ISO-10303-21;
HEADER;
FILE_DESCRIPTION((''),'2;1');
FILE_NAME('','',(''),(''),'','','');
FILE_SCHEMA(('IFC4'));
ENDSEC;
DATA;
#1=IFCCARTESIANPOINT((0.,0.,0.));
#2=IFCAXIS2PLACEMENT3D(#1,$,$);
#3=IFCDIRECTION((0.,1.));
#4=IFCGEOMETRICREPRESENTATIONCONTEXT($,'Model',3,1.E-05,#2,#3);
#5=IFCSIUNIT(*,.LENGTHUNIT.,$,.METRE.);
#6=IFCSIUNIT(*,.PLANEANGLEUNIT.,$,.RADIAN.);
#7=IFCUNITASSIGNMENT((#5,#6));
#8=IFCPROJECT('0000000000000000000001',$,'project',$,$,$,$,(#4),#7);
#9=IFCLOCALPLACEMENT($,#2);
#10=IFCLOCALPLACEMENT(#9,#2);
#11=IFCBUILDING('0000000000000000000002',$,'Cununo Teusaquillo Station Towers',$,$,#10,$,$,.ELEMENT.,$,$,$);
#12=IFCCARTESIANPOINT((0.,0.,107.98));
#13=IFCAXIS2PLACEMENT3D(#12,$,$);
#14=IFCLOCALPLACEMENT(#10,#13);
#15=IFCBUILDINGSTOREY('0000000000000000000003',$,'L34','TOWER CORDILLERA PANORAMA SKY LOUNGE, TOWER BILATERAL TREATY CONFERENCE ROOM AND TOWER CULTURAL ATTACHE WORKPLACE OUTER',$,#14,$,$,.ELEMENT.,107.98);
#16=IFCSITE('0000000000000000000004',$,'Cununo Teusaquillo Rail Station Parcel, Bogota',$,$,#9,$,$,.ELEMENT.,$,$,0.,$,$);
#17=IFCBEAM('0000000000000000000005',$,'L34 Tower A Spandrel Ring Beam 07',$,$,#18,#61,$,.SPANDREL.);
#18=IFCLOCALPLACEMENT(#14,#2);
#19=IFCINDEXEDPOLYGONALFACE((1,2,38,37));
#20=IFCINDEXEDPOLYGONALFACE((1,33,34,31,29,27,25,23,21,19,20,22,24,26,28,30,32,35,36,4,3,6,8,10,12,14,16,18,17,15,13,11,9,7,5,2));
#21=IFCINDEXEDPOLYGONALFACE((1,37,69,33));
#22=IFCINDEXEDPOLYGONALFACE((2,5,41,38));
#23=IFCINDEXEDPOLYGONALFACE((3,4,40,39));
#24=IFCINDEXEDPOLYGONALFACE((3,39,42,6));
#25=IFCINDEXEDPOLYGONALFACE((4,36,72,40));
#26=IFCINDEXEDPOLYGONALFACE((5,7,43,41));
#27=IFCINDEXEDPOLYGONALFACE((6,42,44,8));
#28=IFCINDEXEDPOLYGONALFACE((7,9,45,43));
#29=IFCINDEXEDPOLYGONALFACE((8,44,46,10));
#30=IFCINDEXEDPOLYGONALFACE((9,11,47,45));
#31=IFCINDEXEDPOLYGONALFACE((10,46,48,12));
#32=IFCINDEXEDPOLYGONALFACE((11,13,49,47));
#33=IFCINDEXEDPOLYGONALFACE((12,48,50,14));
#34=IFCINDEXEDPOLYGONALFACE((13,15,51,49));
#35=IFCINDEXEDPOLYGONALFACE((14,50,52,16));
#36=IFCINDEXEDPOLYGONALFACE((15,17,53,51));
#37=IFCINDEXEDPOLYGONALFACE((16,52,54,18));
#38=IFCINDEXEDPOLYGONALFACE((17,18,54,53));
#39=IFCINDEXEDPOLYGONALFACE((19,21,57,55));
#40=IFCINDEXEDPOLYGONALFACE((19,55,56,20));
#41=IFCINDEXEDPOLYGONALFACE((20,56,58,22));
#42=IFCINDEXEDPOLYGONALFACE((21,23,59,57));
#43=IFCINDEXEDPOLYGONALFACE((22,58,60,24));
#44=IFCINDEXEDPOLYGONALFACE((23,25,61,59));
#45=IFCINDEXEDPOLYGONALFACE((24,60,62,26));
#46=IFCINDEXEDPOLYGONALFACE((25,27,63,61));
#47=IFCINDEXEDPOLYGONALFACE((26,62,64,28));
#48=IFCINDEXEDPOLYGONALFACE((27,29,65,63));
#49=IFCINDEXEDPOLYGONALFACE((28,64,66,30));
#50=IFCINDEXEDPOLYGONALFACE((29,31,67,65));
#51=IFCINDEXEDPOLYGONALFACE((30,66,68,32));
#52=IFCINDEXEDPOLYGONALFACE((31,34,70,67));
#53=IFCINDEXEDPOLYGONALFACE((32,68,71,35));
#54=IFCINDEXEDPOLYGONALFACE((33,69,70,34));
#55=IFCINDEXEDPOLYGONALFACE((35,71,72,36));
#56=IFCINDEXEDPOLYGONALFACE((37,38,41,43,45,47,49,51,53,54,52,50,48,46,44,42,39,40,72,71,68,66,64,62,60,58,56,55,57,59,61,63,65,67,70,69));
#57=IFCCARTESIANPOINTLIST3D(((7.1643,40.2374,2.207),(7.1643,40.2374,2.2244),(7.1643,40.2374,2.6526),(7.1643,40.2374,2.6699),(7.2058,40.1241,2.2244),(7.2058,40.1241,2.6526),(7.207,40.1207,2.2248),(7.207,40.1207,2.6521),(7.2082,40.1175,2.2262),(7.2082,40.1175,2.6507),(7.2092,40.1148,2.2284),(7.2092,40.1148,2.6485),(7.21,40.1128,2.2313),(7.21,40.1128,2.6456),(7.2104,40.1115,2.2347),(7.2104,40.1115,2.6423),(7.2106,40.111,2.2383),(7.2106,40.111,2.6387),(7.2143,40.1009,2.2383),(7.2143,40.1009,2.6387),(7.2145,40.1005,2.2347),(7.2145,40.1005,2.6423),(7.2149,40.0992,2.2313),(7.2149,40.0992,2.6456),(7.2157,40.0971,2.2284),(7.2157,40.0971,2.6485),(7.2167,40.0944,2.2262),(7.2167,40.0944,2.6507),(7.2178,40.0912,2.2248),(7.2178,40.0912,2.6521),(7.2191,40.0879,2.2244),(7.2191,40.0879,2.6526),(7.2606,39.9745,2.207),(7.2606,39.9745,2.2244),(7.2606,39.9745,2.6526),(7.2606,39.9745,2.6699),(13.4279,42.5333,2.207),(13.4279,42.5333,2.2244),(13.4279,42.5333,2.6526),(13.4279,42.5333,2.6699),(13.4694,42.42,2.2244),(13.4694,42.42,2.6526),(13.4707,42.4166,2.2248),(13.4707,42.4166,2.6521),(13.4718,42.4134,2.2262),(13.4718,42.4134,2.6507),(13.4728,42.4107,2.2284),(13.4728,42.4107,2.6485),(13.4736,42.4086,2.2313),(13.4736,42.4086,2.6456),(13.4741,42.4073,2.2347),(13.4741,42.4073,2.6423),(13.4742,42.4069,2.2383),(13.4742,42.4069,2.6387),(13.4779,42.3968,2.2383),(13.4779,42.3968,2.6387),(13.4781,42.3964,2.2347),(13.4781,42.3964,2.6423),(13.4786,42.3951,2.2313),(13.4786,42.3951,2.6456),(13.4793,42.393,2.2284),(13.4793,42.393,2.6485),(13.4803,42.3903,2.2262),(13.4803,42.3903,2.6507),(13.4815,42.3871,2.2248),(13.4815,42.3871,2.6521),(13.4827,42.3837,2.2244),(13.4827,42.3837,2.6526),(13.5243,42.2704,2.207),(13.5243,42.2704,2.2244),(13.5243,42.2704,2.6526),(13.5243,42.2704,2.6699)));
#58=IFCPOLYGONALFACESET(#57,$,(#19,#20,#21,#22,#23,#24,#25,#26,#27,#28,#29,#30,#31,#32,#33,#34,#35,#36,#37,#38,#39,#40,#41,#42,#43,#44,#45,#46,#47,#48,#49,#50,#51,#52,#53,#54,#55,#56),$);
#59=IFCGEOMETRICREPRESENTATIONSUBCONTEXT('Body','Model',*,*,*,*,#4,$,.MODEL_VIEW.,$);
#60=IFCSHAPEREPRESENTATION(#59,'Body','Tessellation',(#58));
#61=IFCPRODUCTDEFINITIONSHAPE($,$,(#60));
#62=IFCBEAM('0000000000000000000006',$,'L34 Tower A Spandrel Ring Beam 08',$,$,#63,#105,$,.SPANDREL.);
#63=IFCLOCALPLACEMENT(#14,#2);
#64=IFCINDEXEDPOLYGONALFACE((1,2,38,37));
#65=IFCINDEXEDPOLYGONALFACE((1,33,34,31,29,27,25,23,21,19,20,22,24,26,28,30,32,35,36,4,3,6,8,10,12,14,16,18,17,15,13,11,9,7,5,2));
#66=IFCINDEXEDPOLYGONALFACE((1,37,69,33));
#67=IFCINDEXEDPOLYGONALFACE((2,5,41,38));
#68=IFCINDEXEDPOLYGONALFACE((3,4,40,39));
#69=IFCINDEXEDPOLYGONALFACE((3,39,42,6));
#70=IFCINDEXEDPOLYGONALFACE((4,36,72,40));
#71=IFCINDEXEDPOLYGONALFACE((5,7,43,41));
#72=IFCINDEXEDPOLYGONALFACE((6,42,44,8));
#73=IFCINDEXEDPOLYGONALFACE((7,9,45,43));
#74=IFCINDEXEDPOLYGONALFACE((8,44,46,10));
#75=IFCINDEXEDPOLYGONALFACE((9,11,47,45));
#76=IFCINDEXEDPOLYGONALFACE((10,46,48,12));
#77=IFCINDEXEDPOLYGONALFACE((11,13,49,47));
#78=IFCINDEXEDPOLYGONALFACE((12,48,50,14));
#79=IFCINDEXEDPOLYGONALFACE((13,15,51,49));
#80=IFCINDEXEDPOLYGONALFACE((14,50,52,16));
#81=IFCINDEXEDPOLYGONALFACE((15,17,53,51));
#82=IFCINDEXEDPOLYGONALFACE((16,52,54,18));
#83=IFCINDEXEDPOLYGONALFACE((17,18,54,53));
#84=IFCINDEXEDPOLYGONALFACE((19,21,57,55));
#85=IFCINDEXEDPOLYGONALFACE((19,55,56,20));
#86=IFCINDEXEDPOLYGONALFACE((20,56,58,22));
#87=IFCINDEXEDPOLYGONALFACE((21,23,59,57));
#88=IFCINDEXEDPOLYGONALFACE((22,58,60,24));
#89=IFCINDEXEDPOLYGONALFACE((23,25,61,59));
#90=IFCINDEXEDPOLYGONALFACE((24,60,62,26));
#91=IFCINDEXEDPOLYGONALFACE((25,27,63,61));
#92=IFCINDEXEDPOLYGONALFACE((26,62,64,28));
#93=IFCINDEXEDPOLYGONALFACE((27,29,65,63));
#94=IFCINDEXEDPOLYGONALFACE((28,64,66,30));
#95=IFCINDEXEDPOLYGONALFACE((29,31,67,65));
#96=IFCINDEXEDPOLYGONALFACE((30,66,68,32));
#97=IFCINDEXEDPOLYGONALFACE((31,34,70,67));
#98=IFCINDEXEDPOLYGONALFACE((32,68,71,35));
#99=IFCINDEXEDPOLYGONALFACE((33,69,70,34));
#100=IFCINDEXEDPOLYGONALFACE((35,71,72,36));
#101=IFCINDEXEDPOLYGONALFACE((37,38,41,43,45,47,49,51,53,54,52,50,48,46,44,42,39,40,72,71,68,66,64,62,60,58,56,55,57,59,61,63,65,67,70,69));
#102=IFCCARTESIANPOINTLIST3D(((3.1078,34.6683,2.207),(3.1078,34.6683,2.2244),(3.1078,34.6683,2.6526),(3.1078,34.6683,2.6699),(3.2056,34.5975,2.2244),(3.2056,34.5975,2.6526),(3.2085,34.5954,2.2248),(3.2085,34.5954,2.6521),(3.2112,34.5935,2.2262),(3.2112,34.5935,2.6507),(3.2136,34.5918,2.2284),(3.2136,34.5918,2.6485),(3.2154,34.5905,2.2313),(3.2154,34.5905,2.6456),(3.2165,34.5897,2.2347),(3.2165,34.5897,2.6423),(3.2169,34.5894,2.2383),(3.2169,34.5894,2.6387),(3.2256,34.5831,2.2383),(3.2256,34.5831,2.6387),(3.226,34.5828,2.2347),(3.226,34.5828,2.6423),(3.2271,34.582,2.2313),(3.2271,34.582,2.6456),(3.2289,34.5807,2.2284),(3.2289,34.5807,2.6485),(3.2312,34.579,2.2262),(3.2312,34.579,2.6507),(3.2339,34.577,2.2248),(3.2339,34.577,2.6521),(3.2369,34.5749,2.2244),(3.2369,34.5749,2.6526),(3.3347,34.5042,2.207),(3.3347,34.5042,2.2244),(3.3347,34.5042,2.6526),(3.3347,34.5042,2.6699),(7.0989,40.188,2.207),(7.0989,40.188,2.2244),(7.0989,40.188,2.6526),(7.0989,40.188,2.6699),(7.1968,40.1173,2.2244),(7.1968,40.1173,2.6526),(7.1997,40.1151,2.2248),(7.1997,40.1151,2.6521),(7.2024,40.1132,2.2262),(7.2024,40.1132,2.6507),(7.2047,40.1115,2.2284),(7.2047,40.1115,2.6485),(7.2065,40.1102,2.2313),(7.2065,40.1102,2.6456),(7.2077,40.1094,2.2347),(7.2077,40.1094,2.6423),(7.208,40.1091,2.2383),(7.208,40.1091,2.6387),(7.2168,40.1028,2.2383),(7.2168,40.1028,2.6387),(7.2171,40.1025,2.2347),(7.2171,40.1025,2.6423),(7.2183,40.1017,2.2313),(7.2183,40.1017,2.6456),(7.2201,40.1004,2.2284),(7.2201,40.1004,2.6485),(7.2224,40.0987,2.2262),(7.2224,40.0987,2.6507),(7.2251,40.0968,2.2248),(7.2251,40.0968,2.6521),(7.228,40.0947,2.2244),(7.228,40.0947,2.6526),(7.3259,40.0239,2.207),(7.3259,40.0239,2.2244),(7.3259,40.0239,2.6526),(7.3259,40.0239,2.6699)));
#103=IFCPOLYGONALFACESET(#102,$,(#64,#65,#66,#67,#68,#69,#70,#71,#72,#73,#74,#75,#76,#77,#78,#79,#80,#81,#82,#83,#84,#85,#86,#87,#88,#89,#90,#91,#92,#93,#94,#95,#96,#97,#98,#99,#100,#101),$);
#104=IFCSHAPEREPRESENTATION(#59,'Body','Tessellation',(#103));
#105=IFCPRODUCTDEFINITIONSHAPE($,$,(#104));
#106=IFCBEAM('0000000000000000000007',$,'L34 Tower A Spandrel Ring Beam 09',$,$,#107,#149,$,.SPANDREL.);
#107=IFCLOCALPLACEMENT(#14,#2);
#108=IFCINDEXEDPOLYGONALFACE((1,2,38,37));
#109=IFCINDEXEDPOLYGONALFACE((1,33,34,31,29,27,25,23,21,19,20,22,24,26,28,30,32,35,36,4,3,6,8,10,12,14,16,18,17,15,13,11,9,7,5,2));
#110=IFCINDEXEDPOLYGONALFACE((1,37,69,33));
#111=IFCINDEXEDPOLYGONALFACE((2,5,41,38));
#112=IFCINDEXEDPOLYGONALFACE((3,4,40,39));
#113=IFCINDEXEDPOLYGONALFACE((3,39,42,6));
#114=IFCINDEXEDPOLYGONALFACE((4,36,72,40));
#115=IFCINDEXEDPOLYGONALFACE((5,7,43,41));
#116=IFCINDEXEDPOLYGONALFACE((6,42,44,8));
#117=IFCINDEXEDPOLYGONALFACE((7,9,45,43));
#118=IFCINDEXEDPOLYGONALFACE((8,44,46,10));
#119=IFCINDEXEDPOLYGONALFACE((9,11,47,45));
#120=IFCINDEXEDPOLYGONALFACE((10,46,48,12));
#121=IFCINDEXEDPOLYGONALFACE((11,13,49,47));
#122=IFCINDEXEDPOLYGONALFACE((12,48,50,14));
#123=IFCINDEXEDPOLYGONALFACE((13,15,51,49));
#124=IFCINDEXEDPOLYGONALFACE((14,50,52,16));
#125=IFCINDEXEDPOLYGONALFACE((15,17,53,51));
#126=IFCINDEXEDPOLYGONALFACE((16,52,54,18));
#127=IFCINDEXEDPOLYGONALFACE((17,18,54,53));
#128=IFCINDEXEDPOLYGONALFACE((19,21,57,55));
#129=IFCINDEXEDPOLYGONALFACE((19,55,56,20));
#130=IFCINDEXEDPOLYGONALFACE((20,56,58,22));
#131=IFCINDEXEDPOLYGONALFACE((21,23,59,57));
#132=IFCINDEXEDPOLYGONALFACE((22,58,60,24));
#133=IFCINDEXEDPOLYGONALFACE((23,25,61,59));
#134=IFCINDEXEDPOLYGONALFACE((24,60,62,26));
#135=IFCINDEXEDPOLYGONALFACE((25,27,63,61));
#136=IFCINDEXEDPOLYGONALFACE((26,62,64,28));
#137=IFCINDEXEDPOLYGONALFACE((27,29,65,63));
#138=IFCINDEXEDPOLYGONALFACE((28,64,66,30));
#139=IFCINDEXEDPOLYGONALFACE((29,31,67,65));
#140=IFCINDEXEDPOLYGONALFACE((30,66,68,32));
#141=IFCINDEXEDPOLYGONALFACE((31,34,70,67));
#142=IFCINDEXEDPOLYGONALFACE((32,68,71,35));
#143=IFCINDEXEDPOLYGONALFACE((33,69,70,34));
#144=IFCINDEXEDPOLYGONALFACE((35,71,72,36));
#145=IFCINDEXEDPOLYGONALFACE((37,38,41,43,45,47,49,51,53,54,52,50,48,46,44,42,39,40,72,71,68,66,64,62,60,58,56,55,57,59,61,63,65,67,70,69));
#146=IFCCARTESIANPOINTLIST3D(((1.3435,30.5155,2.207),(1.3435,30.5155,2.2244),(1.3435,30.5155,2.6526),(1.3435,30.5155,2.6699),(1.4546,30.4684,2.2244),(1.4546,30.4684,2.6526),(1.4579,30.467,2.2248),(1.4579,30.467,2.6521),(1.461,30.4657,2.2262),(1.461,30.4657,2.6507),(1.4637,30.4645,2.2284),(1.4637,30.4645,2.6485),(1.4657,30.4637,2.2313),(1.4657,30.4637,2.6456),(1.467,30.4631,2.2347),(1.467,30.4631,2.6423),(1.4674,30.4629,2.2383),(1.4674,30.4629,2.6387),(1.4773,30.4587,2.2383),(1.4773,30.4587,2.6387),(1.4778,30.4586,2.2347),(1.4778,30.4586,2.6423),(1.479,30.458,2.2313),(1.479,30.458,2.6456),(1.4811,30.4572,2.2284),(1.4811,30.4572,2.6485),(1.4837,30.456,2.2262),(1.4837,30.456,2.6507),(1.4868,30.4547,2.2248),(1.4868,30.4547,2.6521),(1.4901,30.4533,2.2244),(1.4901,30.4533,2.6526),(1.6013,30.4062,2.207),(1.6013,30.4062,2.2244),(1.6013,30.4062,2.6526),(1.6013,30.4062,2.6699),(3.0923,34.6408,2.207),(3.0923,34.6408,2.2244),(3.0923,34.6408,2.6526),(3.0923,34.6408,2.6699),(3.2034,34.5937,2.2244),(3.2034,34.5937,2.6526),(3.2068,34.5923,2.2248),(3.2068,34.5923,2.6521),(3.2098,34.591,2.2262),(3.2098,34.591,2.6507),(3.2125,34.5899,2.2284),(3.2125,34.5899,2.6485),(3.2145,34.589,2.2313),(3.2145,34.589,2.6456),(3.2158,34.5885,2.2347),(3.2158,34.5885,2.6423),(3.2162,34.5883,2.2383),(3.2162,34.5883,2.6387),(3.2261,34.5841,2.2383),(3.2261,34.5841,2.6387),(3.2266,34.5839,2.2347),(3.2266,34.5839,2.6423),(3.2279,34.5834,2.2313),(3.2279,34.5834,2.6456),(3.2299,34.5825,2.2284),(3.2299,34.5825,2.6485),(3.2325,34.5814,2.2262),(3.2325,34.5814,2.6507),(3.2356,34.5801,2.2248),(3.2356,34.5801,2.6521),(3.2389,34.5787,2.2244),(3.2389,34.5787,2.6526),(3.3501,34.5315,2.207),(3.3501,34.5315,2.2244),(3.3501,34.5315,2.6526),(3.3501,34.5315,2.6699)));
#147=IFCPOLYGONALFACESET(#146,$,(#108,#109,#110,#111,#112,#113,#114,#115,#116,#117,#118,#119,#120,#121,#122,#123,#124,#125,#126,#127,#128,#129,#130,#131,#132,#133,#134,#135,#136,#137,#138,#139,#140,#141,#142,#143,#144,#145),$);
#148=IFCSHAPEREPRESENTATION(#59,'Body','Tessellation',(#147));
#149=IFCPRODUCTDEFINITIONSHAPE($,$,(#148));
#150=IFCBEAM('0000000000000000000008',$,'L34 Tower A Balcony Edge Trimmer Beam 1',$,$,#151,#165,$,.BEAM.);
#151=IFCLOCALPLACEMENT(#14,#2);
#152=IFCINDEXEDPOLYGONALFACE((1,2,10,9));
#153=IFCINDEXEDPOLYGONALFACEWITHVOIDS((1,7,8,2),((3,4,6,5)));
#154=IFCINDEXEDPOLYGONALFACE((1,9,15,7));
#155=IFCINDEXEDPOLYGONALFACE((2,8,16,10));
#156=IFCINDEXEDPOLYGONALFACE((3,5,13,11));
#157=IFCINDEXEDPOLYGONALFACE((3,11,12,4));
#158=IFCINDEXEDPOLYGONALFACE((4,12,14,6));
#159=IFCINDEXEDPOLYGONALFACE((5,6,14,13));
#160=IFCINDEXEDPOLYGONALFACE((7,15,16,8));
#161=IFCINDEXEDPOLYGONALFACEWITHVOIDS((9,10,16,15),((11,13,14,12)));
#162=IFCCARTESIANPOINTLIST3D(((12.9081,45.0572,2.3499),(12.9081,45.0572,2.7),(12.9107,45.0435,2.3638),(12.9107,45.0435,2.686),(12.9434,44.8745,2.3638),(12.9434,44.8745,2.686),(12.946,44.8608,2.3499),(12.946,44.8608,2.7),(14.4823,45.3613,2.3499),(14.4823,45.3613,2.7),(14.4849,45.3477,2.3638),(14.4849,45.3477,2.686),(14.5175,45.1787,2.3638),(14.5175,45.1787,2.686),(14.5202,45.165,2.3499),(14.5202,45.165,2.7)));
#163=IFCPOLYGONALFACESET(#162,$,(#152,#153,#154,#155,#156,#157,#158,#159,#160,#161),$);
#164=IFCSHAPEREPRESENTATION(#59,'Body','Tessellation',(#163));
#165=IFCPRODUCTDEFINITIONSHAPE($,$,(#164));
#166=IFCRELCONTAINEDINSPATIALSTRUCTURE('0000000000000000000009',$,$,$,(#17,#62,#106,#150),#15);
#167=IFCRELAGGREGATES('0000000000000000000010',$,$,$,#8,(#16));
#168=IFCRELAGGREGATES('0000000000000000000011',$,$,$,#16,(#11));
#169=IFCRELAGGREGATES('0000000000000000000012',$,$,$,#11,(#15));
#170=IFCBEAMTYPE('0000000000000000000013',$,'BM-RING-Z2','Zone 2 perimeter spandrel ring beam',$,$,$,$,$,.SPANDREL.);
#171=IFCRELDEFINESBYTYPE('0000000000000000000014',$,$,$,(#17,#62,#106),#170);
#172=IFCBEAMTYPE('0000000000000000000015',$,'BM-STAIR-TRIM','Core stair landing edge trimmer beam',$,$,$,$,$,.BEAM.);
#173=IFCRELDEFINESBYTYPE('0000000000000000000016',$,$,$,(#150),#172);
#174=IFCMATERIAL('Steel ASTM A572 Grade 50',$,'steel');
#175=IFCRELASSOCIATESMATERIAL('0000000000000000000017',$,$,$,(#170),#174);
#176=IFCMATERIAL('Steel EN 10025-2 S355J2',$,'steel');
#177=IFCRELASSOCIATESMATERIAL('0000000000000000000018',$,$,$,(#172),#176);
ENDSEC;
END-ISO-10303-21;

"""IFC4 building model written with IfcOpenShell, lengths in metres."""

from ifc_helpers import new_model, si_unit, direction, frame, origin, origin_2d, place, context, subcontext, project, spatial, hollow_rectangle, i_section, extrude, material, material_profile, profile_set, type_object, element, save


model = new_model("IFC4")

# Units and contexts
model_context = context("Model", 3, precision=1e-05, world=origin(), true_north=direction((0.0, 1.0)))
body_context = subcontext(model_context, "Body", "Model", "MODEL_VIEW")
ifc_project = project(units=[si_unit("LENGTHUNIT", "METRE"), si_unit("PLANEANGLEUNIT", "RADIAN")], contexts=[model_context])

# Site, building, storey
site_placement = place(None, origin())
site = spatial("IfcSite", under=ifc_project, at=site_placement, Name="Cununo Teusaquillo Rail Station Parcel, Bogota", CompositionType="ELEMENT", RefElevation=0.0)
building_placement = place(site_placement, origin())
building = spatial("IfcBuilding", under=site, at=building_placement, Name="Cununo Teusaquillo Station Towers", CompositionType="ELEMENT")
storey_placement = place(building_placement, frame((0.0, 0.0, 107.98)))
storey = spatial("IfcBuildingStorey", under=building, at=storey_placement, Name="L34", Description="TOWER CORDILLERA PANORAMA SKY LOUNGE, TOWER BILATERAL TREATY CONFERENCE ROOM AND TOWER CULTURAL ATTACHE WORKPLACE OUTER", CompositionType="ELEMENT", Elevation=107.98)

# Beams
ifc_material_1 = material(Name="Steel ASTM A572 Grade 50", Category="steel")
ifc_material_profile_1 = material_profile(ifc_material_1, i_section(OverallWidth=0.28, OverallDepth=0.4629, WebThickness=0.0107, FlangeThickness=0.0173, FilletRadius=0.0139, at=origin_2d()), Name="W18X76")
ifc_profile_set_1 = profile_set([ifc_material_profile_1], Name="Steel ASTM A572 Grade 50")
beam_type_1 = type_object("IfcBeamType", Name="BM-RING-Z2", Description="Zone 2 perimeter spandrel ring beam", PredefinedType="SPANDREL", material=ifc_profile_set_1)
beam_1_placement = place(storey_placement, frame((13.4761, 42.4019, 2.4385), z_axis=(-0.938914, -0.344151, 0.0), x_axis=(0.344151, -0.938914, 0.0)))
element("IfcBeam", 1, at=beam_1_placement, inside=storey, type_object=beam_type_1, Name="L34 Tower A Spandrel Ring Beam 07", PredefinedType="SPANDREL", context=body_context, shape_type="SweptSolid", body=[
    extrude(i_section(OverallWidth=0.28, OverallDepth=0.4629, WebThickness=0.0107, FlangeThickness=0.0173, FilletRadius=0.0139, at=origin_2d()), origin(), (0.0, 0.0, 1.0), 6.6711),
])
beam_2_placement = place(storey_placement, frame((7.2124, 40.106, 2.4385), z_axis=(-0.585945, -0.810351, 0.0), x_axis=(0.810351, -0.585945, 0.0)))
element("IfcBeam", 2, at=beam_2_placement, inside=storey, type_object=beam_type_1, Name="L34 Tower A Spandrel Ring Beam 08", PredefinedType="SPANDREL", context=body_context, shape_type="SweptSolid", body=[
    extrude(i_section(OverallWidth=0.28, OverallDepth=0.4629, WebThickness=0.0107, FlangeThickness=0.0173, FilletRadius=0.0139, at=origin_2d()), origin(), (0.0, 0.0, 1.0), 6.8115),
])
beam_3_placement = place(storey_placement, frame((3.2212, 34.5862, 2.4385), z_axis=(-0.390299, -0.920688, 0.0), x_axis=(0.920688, -0.390299, 0.0)))
element("IfcBeam", 3, at=beam_3_placement, inside=storey, type_object=beam_type_1, Name="L34 Tower A Spandrel Ring Beam 09", PredefinedType="SPANDREL", context=body_context, shape_type="SweptSolid", body=[
    extrude(i_section(OverallWidth=0.28, OverallDepth=0.4629, WebThickness=0.0107, FlangeThickness=0.0173, FilletRadius=0.0139, at=origin_2d()), origin(), (0.0, 0.0, 1.0), 4.4807),
])
ifc_material_2 = material(Name="Steel EN 10025-2 S355J2", Category="steel")
ifc_material_profile_2 = material_profile(ifc_material_2, hollow_rectangle(XDim=0.2, YDim=0.3501, WallThickness=0.0139, at=origin_2d()), Name="RHS 350x200x14")
ifc_profile_set_2 = profile_set([ifc_material_profile_2], Name="Steel EN 10025-2 S355J2")
beam_type_2 = type_object("IfcBeamType", Name="BM-STAIR-TRIM", Description="Core stair landing edge trimmer beam", PredefinedType="BEAM", material=ifc_profile_set_2)
beam_4_placement = place(storey_placement, frame((14.5012, 45.2632, 2.5249), z_axis=(-0.981837, -0.189728, 0.0), x_axis=(0.189728, -0.981837, 0.0)))
element("IfcBeam", 4, at=beam_4_placement, inside=storey, type_object=beam_type_2, Name="L34 Tower A Balcony Edge Trimmer Beam 1", PredefinedType="BEAM", context=body_context, shape_type="SweptSolid", body=[
    extrude(hollow_rectangle(XDim=0.2, YDim=0.3501, WallThickness=0.0139, at=origin_2d()), origin(), (0.0, 0.0, 1.0), 1.6033),
])

save(model, "model.ifc")
